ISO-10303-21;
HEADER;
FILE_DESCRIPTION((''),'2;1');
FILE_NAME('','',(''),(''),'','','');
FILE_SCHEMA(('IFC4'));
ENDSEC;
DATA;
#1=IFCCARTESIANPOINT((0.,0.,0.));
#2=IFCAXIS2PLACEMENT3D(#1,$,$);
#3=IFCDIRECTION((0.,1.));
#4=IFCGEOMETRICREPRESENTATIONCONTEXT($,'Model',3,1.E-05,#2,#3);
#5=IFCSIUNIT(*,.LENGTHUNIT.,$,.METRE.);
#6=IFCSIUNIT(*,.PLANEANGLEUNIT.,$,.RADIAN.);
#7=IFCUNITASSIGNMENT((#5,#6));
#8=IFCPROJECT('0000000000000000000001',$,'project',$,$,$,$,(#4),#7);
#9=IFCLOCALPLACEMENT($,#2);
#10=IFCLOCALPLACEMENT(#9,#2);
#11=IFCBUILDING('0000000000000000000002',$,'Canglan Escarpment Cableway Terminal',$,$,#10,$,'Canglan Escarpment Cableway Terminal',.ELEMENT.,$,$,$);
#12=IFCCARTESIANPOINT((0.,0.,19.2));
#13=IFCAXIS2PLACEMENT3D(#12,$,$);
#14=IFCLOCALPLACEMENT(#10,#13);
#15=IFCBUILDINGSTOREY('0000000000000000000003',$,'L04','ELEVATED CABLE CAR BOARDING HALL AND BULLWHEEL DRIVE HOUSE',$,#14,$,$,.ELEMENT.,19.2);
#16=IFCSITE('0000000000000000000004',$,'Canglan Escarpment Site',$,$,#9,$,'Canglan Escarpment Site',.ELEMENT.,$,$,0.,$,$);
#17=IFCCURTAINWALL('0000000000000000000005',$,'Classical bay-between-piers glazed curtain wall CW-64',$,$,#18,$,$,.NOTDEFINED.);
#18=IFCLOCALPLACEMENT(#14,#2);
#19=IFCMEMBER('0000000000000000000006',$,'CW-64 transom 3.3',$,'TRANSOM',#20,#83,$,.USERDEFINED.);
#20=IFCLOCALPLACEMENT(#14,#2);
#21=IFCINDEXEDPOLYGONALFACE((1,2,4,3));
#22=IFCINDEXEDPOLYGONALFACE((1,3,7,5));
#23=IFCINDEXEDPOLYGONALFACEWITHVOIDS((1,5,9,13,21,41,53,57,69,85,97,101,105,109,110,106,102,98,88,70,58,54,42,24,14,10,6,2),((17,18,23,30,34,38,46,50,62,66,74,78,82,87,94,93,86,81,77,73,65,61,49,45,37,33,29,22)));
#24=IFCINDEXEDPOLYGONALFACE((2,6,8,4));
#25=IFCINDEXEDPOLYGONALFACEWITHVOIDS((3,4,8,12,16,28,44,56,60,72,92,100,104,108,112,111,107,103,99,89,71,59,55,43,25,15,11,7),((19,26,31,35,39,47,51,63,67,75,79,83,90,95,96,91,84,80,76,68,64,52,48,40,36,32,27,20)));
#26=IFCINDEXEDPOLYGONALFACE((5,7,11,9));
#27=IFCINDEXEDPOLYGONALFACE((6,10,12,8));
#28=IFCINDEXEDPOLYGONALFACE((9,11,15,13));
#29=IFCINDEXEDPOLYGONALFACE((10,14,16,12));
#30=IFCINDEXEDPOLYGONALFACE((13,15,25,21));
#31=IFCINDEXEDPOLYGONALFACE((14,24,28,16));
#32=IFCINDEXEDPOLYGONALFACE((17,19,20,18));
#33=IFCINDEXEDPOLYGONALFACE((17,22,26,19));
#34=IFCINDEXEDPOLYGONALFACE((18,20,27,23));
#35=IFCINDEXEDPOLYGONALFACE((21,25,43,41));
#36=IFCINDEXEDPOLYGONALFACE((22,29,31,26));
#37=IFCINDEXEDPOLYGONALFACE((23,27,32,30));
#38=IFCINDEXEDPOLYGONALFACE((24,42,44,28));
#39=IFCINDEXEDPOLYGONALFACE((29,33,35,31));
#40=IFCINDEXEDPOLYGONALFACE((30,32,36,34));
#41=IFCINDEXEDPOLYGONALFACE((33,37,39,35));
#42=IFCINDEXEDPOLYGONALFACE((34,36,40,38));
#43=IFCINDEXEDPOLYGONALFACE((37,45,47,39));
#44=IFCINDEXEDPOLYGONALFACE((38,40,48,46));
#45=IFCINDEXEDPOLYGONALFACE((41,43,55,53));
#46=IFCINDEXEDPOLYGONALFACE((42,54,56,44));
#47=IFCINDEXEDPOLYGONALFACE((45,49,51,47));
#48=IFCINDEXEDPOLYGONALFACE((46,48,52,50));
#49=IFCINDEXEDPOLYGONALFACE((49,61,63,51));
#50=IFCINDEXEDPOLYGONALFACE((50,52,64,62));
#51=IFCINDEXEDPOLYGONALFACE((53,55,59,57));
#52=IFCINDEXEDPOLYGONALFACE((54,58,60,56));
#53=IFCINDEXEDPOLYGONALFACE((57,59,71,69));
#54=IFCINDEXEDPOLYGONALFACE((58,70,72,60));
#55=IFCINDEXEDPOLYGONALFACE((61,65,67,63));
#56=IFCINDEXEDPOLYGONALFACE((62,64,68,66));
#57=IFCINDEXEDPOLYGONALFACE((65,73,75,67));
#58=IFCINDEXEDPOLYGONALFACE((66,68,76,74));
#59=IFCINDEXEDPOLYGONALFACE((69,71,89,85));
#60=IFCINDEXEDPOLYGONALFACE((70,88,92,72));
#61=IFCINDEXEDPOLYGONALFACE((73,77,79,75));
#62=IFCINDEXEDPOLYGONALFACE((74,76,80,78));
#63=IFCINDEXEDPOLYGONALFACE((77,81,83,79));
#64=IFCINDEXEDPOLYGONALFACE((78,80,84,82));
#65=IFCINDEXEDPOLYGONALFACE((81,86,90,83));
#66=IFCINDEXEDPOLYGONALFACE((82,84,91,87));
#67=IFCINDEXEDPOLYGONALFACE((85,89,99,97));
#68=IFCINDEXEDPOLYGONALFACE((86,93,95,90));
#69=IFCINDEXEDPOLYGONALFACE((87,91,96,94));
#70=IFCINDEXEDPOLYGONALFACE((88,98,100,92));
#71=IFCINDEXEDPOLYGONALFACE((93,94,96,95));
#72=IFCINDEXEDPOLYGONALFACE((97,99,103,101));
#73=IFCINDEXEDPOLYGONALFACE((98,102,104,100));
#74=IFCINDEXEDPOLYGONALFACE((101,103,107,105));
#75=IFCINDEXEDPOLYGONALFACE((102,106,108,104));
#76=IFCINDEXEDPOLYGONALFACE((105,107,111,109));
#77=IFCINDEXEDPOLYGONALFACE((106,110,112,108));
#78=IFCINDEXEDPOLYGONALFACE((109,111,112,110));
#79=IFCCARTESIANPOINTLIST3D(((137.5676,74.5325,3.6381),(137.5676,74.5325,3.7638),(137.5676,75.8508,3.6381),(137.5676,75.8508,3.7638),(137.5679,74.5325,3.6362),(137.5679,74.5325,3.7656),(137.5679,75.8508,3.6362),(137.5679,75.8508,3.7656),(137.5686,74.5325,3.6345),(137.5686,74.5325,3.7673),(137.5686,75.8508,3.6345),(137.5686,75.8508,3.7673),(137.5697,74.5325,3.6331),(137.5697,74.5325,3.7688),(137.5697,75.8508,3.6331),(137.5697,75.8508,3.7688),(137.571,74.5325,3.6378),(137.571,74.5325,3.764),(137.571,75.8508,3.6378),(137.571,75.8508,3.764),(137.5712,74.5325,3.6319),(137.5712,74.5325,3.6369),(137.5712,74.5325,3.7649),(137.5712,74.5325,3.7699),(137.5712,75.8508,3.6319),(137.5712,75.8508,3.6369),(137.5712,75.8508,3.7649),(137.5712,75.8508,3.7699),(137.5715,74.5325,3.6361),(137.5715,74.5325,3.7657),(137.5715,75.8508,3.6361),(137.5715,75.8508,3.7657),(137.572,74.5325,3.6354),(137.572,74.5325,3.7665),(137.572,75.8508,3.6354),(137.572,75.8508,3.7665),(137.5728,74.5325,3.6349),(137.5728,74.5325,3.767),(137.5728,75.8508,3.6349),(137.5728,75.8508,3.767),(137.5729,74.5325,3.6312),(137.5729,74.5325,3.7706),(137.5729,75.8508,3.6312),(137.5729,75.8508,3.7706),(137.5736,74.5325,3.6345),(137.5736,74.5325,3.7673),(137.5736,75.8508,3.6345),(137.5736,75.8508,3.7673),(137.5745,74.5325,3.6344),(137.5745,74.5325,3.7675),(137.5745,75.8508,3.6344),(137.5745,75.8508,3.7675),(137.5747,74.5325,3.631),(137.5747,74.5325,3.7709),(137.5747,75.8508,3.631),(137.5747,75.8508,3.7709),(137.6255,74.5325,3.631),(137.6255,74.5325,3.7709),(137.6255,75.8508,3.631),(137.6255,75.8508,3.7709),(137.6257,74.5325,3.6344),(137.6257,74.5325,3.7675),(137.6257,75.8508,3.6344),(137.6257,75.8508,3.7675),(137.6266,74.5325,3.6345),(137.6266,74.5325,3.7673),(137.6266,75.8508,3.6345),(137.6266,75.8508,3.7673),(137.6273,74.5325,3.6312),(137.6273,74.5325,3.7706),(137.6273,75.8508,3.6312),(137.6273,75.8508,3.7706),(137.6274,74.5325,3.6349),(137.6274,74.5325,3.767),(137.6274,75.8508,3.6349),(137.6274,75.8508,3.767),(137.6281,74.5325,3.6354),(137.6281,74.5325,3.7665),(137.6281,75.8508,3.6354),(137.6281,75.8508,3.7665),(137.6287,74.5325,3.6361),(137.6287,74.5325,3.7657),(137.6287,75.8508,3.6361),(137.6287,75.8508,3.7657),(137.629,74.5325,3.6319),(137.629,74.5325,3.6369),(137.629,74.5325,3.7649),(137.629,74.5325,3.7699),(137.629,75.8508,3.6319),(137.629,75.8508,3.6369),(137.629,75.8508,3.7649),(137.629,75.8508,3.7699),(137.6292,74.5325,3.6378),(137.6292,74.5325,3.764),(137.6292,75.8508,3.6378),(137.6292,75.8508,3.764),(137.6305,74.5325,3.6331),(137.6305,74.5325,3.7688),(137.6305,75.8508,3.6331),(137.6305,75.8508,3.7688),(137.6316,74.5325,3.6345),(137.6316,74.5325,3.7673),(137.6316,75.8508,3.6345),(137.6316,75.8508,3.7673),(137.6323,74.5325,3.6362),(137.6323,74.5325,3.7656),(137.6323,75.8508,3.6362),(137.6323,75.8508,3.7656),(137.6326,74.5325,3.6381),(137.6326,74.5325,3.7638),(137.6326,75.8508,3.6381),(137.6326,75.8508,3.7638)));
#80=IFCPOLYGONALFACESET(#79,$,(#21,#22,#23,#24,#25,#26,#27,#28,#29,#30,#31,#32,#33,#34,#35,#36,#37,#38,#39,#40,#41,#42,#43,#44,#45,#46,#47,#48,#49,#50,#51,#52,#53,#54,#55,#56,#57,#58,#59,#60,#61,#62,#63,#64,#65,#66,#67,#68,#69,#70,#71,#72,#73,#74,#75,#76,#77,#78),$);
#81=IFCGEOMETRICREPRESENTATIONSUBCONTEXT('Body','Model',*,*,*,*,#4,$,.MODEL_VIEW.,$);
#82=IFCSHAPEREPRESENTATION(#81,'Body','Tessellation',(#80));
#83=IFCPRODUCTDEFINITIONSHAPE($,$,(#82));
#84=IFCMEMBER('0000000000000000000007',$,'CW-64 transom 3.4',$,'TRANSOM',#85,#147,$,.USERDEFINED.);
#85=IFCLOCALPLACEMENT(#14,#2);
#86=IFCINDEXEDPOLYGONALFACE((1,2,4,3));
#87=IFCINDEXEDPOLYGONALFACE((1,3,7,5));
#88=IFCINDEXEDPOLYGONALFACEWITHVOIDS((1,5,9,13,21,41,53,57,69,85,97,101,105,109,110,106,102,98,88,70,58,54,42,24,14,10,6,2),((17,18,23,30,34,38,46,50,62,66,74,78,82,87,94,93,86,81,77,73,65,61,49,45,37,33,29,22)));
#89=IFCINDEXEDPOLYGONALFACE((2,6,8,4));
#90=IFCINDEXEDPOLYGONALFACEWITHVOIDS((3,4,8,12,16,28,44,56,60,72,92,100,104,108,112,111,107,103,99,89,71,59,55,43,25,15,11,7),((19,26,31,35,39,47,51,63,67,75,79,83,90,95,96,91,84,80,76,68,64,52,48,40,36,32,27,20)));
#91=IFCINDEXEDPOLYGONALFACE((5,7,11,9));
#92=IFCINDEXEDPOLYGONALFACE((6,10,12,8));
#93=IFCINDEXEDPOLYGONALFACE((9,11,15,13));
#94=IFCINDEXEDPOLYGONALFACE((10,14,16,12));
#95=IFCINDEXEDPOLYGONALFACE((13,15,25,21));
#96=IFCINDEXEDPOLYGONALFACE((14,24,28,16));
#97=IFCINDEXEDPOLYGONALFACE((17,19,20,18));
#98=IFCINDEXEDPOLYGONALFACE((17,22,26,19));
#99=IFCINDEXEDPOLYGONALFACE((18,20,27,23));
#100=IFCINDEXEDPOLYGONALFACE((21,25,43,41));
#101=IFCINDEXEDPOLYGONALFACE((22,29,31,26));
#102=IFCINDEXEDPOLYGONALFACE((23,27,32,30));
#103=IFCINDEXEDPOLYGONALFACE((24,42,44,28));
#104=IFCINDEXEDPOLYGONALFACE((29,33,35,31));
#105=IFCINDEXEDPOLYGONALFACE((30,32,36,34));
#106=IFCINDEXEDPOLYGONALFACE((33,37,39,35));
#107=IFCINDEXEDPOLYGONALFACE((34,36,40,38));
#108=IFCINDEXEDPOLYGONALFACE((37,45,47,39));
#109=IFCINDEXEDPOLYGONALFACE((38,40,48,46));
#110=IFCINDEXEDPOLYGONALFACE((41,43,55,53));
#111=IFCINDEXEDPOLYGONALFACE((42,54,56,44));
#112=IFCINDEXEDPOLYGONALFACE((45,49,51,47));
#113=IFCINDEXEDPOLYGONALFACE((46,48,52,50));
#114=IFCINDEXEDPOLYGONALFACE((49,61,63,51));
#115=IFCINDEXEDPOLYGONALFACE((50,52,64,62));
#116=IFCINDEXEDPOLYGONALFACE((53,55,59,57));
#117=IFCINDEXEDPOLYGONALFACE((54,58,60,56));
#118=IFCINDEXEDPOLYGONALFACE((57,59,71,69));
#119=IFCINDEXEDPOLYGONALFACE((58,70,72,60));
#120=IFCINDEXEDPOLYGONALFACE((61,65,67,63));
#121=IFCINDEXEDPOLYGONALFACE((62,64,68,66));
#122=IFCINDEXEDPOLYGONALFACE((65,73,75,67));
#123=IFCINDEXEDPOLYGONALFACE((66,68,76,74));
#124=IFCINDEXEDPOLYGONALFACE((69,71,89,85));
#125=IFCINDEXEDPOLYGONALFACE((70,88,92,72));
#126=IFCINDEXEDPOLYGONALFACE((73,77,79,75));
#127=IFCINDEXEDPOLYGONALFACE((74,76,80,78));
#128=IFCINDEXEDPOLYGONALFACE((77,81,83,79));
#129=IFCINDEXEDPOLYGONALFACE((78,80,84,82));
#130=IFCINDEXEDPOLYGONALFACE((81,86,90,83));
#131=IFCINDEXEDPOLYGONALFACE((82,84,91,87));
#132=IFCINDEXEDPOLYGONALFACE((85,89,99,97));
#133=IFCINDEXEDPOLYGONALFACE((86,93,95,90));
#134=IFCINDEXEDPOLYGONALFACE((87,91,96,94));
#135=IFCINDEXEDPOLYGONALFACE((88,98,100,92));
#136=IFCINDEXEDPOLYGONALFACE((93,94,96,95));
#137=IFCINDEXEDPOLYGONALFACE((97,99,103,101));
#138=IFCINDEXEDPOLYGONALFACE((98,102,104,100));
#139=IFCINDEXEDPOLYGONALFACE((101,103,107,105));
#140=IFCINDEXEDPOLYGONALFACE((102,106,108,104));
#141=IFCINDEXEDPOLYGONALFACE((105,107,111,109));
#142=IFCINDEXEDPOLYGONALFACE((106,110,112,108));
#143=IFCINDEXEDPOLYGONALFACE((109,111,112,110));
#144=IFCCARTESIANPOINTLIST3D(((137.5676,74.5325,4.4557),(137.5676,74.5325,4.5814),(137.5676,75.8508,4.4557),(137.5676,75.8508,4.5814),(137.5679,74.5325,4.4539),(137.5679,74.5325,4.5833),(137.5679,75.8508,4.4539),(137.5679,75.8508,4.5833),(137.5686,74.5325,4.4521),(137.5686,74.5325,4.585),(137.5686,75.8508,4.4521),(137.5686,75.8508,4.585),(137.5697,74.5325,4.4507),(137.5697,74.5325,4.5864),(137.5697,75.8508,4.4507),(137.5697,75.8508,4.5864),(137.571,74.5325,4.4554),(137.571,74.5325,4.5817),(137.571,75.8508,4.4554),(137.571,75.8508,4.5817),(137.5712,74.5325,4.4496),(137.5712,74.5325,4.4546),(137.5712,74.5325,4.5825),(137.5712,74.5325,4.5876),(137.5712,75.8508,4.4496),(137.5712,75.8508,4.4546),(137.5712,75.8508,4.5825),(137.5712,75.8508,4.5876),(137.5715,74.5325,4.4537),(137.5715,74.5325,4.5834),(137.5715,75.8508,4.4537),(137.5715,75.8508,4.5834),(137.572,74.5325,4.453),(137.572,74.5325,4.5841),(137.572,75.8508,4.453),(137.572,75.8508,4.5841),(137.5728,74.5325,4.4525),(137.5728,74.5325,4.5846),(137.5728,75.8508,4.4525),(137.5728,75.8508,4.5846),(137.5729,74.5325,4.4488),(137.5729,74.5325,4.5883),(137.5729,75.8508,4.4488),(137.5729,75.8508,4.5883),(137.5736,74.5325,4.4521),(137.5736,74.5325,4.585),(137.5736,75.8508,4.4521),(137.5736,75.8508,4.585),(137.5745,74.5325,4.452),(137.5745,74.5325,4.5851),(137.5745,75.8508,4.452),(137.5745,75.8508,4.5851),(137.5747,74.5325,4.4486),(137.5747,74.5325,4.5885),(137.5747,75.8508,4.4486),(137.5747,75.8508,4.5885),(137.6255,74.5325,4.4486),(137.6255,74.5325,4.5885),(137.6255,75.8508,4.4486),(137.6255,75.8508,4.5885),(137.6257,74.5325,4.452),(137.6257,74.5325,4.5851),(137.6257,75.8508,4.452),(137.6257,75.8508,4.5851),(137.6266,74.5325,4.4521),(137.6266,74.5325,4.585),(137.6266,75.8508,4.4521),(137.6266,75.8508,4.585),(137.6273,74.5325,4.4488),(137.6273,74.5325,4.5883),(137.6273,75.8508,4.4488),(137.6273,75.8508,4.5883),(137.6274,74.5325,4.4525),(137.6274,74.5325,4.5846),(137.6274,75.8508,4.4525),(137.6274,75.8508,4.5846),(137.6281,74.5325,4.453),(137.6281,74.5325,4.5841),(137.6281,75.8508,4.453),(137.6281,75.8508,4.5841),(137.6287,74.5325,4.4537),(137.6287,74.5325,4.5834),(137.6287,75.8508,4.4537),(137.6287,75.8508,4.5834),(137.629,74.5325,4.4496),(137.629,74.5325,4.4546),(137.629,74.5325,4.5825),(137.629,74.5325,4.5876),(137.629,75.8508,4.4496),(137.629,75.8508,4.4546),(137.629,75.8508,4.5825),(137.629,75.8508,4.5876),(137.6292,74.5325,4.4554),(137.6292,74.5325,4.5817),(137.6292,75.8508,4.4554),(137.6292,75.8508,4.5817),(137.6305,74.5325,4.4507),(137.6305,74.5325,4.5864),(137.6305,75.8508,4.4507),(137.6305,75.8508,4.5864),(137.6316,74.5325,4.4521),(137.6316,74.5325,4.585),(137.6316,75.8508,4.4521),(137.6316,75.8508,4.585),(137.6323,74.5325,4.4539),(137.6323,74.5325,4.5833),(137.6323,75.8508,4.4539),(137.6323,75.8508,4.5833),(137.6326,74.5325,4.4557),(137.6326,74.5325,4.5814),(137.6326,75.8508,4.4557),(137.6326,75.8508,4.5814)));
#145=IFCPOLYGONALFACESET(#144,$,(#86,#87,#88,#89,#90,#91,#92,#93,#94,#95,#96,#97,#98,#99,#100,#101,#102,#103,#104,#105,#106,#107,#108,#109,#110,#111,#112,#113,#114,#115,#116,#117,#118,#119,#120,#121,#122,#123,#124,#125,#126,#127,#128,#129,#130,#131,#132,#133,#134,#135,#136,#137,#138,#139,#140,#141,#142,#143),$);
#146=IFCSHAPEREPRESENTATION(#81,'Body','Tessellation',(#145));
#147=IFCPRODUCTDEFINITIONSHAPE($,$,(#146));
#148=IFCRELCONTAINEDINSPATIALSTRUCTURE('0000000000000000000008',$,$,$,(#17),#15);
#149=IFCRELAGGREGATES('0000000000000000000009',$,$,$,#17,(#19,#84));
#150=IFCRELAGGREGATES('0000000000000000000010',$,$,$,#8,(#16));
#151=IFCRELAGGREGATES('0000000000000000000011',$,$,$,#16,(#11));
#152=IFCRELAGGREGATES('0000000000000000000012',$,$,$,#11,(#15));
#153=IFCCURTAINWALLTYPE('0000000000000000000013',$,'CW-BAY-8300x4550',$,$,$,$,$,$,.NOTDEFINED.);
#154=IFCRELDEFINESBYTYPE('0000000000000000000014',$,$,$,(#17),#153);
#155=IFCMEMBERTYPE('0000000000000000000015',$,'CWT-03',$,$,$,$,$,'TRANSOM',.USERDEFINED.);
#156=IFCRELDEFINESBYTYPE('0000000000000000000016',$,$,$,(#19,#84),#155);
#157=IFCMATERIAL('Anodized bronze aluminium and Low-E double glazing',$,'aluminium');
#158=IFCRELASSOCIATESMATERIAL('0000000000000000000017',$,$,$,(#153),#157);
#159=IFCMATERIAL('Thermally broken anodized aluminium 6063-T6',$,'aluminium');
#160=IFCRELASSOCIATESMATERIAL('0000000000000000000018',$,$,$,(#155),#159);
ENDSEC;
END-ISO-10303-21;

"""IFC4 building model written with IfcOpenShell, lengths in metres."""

from ifc_helpers import new_model, si_unit, direction, frame, origin, origin_2d, place, context, subcontext, project, spatial, hollow_rectangle, extrude, material, material_profile, profile_set, type_object, element, aggregate, save


model = new_model("IFC4")

# Units and contexts
model_context = context("Model", 3, precision=1e-05, world=origin(), true_north=direction((0.0, 1.0)))
body_context = subcontext(model_context, "Body", "Model", "MODEL_VIEW")
ifc_project = project(units=[si_unit("LENGTHUNIT", "METRE"), si_unit("PLANEANGLEUNIT", "RADIAN")], contexts=[model_context])

# Site, building, storey
site_placement = place(None, origin())
site = spatial("IfcSite", under=ifc_project, at=site_placement, Name="Canglan Escarpment Site", LongName="Canglan Escarpment Site", CompositionType="ELEMENT", RefElevation=0.0)
building_placement = place(site_placement, origin())
building = spatial("IfcBuilding", under=site, at=building_placement, Name="Canglan Escarpment Cableway Terminal", LongName="Canglan Escarpment Cableway Terminal", CompositionType="ELEMENT")
storey_placement = place(building_placement, frame((0.0, 0.0, 19.2)))
storey = spatial("IfcBuildingStorey", under=building, at=storey_placement, Name="L04", Description="ELEVATED CABLE CAR BOARDING HALL AND BULLWHEEL DRIVE HOUSE", CompositionType="ELEMENT", Elevation=19.2)

# Curtain wall, members
ifc_material_1 = material(Name="Anodized bronze aluminium and Low-E double glazing", Category="aluminium")
curtain_wall_type = type_object("IfcCurtainWallType", Name="CW-BAY-8300x4550", PredefinedType="NOTDEFINED", material=ifc_material_1)
curtain_wall_placement = place(storey_placement, origin())
curtain_wall = element("IfcCurtainWall", 1, at=curtain_wall_placement, inside=storey, type_object=curtain_wall_type, Name="Classical bay-between-piers glazed curtain wall CW-64", PredefinedType="NOTDEFINED")
ifc_material_2 = material(Name="Thermally broken anodized aluminium 6063-T6", Category="aluminium")
ifc_material_profile_1 = material_profile(ifc_material_2, hollow_rectangle(XDim=0.0649, YDim=0.1399, WallThickness=0.0034, InnerFilletRadius=0.0034, OuterFilletRadius=0.0071, at=origin_2d()), Name="ALU-TRAN 65x140x3.5")
ifc_profile_set_1 = profile_set([ifc_material_profile_1], Name="Thermally broken anodized aluminium 6063-T6")
member_type_1 = type_object("IfcMemberType", Name="CWT-03", ElementType="TRANSOM", PredefinedType="USERDEFINED", material=ifc_profile_set_1)
member_1_placement = place(storey_placement, frame((137.6001, 75.8508, 3.7009), z_axis=(0.0, -1.0, 0.0), x_axis=(1.0, 0.0, 0.0)))
member_1 = element("IfcMember", 2, at=member_1_placement, type_object=member_type_1, Name="CW-64 transom 3.3", ObjectType="TRANSOM", PredefinedType="USERDEFINED", context=body_context, shape_type="SweptSolid", body=[
    extrude(hollow_rectangle(XDim=0.0649, YDim=0.1399, WallThickness=0.0034, InnerFilletRadius=0.0034, OuterFilletRadius=0.0071, at=origin_2d()), origin(), (0.0, 0.0, 1.0), 1.3184),
])
member_2_placement = place(storey_placement, frame((137.6001, 75.8508, 4.5186), z_axis=(0.0, -1.0, 0.0), x_axis=(1.0, 0.0, 0.0)))
member_2 = element("IfcMember", 3, at=member_2_placement, type_object=member_type_1, Name="CW-64 transom 3.4", ObjectType="TRANSOM", PredefinedType="USERDEFINED", context=body_context, shape_type="SweptSolid", body=[
    extrude(hollow_rectangle(XDim=0.0649, YDim=0.1399, WallThickness=0.0034, InnerFilletRadius=0.0034, OuterFilletRadius=0.0071, at=origin_2d()), origin(), (0.0, 0.0, 1.0), 1.3184),
])
aggregate(curtain_wall, [member_1, member_2])

save(model, "model.ifc")
